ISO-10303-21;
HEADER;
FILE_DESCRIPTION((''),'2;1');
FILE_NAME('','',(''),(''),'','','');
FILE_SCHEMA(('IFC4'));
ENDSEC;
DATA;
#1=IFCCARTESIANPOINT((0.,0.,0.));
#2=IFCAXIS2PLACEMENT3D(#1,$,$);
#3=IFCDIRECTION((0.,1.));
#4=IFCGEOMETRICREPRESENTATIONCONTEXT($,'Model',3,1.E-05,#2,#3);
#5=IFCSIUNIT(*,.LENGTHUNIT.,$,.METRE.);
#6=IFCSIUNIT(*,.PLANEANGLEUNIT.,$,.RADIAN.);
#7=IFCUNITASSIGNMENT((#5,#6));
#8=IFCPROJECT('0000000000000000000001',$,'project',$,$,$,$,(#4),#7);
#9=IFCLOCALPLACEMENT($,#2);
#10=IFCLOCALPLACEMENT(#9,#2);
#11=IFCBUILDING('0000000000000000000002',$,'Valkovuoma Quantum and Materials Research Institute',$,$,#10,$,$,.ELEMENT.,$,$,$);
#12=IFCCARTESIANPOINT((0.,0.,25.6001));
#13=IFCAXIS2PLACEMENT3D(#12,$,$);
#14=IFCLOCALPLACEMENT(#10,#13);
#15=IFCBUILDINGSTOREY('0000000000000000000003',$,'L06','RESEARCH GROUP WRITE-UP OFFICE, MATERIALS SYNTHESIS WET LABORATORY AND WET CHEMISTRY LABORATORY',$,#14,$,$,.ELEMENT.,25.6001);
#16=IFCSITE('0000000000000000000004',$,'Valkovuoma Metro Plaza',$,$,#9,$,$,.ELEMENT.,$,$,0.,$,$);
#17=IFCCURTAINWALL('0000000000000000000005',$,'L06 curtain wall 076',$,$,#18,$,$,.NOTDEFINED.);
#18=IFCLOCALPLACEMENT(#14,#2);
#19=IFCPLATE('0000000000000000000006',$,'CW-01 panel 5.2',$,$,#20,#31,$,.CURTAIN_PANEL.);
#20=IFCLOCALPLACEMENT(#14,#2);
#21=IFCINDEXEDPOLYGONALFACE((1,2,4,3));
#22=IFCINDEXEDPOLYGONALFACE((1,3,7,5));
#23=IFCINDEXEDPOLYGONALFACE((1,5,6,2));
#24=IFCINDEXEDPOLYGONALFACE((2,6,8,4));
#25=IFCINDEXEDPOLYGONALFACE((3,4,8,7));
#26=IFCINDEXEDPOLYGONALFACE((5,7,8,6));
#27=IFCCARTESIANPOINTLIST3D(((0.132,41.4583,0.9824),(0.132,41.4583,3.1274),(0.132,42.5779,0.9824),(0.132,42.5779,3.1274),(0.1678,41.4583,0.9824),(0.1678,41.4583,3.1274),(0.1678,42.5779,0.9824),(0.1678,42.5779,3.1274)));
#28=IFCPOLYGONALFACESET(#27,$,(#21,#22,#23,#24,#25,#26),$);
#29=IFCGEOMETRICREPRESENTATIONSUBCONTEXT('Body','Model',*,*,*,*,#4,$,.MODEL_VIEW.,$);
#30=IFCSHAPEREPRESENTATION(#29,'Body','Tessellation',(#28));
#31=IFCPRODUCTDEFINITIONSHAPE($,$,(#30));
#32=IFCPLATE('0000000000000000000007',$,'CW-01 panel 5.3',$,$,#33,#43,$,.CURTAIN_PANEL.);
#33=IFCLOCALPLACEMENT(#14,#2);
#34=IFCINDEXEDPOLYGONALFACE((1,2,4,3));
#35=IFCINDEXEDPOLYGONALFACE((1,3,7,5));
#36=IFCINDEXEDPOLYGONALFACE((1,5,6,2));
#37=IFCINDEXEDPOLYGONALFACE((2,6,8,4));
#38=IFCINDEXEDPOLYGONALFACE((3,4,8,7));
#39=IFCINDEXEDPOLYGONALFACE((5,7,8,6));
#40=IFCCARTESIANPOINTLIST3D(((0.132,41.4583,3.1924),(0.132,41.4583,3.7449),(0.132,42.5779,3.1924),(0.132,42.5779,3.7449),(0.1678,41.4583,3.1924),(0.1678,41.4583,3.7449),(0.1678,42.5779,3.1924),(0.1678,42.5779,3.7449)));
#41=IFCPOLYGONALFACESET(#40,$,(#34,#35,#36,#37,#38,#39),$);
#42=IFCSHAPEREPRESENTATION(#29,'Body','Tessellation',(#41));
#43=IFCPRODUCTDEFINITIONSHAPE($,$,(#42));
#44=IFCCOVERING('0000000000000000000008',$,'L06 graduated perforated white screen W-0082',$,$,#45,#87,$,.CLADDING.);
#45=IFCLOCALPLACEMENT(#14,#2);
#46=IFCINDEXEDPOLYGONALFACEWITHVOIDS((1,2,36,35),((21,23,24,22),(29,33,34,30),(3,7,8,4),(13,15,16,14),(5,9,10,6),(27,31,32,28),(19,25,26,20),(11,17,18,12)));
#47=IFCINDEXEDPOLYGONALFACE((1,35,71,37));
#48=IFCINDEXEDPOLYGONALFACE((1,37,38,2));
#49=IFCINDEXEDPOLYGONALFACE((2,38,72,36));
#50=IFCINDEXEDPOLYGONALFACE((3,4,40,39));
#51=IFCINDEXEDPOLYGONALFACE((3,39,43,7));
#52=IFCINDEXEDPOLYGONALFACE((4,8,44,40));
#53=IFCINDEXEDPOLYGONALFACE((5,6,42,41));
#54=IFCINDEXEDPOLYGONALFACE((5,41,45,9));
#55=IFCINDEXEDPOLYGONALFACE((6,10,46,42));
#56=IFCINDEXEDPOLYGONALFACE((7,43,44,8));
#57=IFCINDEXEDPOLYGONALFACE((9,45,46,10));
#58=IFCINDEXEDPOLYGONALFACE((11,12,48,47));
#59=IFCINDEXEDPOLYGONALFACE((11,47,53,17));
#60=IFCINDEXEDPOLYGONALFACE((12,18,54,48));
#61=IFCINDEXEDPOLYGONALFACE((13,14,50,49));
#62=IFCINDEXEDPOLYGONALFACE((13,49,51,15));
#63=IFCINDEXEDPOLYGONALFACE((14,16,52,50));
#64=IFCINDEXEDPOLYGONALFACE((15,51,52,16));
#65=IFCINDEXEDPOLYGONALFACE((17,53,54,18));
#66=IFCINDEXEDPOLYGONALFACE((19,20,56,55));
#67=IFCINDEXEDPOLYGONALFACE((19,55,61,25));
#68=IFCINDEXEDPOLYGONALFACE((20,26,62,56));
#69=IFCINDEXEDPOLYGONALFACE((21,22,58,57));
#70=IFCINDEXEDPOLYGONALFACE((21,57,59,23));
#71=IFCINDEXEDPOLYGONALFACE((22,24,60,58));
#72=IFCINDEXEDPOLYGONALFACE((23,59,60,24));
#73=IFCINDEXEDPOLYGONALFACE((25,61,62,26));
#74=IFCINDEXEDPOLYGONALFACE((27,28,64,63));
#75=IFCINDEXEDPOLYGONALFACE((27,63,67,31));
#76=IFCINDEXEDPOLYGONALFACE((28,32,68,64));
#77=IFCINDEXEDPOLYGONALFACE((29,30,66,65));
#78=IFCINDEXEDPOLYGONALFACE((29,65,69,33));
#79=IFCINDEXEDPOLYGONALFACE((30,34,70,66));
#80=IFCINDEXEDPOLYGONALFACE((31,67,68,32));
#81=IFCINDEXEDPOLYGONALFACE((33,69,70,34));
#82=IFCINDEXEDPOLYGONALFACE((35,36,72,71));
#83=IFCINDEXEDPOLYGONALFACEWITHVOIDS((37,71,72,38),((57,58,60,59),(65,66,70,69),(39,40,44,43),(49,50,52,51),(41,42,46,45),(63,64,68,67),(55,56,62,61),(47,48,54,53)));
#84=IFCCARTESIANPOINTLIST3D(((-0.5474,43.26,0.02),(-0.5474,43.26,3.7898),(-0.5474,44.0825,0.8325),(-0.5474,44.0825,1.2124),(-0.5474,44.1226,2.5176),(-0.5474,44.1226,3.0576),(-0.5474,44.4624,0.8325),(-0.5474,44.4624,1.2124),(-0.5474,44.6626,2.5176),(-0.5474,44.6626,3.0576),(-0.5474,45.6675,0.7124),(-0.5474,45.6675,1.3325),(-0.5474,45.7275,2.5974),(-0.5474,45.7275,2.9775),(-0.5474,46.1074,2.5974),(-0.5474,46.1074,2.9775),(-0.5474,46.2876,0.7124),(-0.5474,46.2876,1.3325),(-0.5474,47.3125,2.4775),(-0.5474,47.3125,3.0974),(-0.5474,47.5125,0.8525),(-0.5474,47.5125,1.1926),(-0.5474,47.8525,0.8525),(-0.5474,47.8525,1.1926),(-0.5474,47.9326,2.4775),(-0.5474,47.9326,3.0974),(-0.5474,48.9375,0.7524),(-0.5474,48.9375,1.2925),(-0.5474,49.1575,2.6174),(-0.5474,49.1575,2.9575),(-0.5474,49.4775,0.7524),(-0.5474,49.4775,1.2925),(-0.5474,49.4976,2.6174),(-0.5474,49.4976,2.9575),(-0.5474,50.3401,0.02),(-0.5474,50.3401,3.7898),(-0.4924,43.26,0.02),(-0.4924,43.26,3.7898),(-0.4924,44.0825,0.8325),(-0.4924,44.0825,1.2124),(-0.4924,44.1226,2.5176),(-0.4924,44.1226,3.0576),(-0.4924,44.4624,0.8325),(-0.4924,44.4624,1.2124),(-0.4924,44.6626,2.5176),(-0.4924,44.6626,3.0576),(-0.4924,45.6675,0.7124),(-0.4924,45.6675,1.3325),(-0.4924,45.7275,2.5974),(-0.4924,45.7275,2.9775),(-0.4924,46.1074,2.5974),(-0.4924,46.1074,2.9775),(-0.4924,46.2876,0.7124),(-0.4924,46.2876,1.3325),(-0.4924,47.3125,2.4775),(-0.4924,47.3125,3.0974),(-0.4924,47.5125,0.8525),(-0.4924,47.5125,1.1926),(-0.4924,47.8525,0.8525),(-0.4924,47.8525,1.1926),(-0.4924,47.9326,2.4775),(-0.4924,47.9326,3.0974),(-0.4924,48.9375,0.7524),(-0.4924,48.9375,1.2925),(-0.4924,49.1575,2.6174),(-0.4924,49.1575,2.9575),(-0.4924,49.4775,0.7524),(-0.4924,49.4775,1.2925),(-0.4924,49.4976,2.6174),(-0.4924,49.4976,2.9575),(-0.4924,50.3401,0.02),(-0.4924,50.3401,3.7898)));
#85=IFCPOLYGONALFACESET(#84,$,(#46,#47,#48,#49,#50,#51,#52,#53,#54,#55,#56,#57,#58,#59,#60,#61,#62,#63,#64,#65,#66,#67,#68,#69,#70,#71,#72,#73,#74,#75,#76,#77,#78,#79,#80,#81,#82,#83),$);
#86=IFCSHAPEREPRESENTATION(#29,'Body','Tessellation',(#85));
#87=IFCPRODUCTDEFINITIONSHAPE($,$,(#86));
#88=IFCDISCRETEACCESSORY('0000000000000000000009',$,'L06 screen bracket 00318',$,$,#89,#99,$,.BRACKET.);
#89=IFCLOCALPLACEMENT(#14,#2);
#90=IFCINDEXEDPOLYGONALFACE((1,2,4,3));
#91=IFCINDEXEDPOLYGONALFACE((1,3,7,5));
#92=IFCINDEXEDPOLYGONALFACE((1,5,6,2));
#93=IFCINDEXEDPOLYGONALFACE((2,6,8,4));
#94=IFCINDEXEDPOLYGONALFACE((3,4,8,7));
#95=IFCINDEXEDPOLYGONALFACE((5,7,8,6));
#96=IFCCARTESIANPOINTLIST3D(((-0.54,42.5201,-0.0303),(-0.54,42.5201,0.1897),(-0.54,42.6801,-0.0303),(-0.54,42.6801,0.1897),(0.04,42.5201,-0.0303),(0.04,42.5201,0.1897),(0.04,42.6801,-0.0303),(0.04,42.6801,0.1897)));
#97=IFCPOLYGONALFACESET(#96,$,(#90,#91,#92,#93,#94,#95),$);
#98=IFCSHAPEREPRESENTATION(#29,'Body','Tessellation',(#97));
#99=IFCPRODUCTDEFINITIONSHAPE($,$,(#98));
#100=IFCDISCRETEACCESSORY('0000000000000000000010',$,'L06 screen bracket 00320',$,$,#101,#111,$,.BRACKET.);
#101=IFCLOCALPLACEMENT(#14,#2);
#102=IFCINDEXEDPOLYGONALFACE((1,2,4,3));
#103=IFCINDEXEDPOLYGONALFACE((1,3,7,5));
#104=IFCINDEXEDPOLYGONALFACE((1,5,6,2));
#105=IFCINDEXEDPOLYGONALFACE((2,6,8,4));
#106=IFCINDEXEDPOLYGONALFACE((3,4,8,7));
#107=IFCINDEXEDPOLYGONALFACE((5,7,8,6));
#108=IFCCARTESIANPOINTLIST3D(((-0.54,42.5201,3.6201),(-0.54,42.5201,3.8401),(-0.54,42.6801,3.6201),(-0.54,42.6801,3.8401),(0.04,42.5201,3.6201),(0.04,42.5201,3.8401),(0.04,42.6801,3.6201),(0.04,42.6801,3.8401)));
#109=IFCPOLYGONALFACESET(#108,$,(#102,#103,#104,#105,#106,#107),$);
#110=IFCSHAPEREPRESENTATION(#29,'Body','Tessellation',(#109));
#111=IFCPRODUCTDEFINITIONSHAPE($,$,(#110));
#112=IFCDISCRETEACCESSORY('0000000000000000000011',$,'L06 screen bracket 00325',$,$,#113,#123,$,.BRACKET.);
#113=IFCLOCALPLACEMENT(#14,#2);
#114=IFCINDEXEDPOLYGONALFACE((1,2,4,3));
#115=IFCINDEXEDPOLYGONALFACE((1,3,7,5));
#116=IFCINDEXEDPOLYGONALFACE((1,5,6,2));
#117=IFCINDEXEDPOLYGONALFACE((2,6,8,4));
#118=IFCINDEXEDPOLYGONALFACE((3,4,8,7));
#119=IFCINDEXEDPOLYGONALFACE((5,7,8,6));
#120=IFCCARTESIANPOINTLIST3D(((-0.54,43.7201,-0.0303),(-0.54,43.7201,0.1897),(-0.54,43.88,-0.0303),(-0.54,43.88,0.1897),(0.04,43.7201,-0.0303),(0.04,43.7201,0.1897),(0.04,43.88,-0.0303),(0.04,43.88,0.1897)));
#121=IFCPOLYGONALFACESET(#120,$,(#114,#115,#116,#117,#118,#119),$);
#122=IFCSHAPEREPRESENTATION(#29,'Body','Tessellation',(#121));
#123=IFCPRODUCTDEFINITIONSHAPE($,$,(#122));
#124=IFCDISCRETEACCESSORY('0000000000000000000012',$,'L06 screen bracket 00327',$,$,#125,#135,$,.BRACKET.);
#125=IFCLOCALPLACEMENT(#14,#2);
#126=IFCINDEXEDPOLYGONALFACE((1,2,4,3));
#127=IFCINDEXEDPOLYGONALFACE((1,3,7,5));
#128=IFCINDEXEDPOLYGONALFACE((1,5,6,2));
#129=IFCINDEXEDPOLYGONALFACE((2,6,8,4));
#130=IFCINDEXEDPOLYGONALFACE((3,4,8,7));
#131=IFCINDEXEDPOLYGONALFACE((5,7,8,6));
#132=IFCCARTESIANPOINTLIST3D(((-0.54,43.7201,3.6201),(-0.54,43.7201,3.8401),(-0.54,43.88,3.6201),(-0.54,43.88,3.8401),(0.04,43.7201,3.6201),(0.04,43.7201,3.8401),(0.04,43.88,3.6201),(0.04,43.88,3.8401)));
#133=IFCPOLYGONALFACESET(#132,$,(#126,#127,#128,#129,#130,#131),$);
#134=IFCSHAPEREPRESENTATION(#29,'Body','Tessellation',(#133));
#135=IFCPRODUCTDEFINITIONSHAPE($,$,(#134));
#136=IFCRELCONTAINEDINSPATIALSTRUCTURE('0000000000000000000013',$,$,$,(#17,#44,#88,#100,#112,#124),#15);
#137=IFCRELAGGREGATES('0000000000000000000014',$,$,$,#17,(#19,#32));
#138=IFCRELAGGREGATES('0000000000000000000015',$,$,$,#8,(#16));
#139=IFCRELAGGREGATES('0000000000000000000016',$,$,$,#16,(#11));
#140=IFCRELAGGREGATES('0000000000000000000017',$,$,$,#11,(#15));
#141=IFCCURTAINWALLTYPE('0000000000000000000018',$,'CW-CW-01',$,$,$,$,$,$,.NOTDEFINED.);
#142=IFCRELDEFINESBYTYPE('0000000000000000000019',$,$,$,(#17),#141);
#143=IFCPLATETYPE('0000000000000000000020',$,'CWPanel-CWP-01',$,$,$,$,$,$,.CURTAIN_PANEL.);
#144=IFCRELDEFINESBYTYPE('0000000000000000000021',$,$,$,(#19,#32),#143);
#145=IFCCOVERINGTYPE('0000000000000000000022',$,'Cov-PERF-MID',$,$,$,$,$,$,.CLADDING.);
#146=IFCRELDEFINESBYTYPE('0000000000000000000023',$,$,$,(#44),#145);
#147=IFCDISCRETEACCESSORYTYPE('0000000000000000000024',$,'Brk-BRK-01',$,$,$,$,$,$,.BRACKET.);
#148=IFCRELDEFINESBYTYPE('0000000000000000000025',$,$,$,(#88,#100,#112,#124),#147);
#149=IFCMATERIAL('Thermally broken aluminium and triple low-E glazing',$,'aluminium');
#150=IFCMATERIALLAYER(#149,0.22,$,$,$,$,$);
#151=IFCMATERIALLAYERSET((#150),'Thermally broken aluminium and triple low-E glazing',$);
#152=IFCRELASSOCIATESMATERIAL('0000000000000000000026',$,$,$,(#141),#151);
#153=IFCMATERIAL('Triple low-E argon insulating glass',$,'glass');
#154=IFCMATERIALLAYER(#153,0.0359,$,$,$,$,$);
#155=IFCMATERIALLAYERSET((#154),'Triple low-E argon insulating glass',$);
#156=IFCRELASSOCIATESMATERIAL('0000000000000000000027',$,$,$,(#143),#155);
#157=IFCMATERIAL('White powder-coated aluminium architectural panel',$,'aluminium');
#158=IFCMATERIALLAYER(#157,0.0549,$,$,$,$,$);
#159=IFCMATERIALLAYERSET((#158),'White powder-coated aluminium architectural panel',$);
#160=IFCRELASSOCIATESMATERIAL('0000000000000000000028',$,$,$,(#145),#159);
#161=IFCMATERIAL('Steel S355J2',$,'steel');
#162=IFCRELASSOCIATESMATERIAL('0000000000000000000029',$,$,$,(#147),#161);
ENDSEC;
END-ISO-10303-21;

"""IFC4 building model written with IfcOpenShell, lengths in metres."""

from ifc_helpers import new_model, si_unit, direction, frame, origin, origin_2d, place, context, subcontext, project, spatial, polyline, rectangle, outline, extrude, material, layer, layer_set, type_object, element, aggregate, save


model = new_model("IFC4")

# Units and contexts
model_context = context("Model", 3, precision=1e-05, world=origin(), true_north=direction((0.0, 1.0)))
body_context = subcontext(model_context, "Body", "Model", "MODEL_VIEW")
ifc_project = project(units=[si_unit("LENGTHUNIT", "METRE"), si_unit("PLANEANGLEUNIT", "RADIAN")], contexts=[model_context])

# Site, building, storey
site_placement = place(None, origin())
site = spatial("IfcSite", under=ifc_project, at=site_placement, Name="Valkovuoma Metro Plaza", CompositionType="ELEMENT", RefElevation=0.0)
building_placement = place(site_placement, origin())
building = spatial("IfcBuilding", under=site, at=building_placement, Name="Valkovuoma Quantum and Materials Research Institute", CompositionType="ELEMENT")
storey_placement = place(building_placement, frame((0.0, 0.0, 25.6001)))
storey = spatial("IfcBuildingStorey", under=building, at=storey_placement, Name="L06", Description="RESEARCH GROUP WRITE-UP OFFICE, MATERIALS SYNTHESIS WET LABORATORY AND WET CHEMISTRY LABORATORY", CompositionType="ELEMENT", Elevation=25.6001)

# Curtain wall, plates
ifc_material_1 = material(Name="Thermally broken aluminium and triple low-E glazing", Category="aluminium")
ifc_layer_1 = layer(ifc_material_1, 0.22)
ifc_layer_set_1 = layer_set([ifc_layer_1], Name="Thermally broken aluminium and triple low-E glazing")
curtain_wall_type = type_object("IfcCurtainWallType", Name="CW-CW-01", PredefinedType="NOTDEFINED", material=ifc_layer_set_1)
curtain_wall_placement = place(storey_placement, origin())
curtain_wall = element("IfcCurtainWall", 1, at=curtain_wall_placement, inside=storey, type_object=curtain_wall_type, Name="L06 curtain wall 076", PredefinedType="NOTDEFINED")
ifc_material_2 = material(Name="Triple low-E argon insulating glass", Category="glass")
ifc_layer_2 = layer(ifc_material_2, 0.0359)
ifc_layer_set_2 = layer_set([ifc_layer_2], Name="Triple low-E argon insulating glass")
plate_type = type_object("IfcPlateType", Name="CWPanel-CWP-01", PredefinedType="CURTAIN_PANEL", material=ifc_layer_set_2)
plate_1_placement = place(storey_placement, frame((0.1499, 42.0181, 0.9824), z_axis=(0.0, 0.0, 1.0), x_axis=(0.0, 1.0, 0.0)))
plate_1 = element("IfcPlate", 2, at=plate_1_placement, type_object=plate_type, Name="CW-01 panel 5.2", PredefinedType="CURTAIN_PANEL", context=body_context, shape_type="SweptSolid", body=[
    extrude(rectangle(XDim=1.1196, YDim=0.0359, at=origin_2d()), origin(), (0.0, 0.0, 1.0), 2.145),
])
plate_2_placement = place(storey_placement, frame((0.1499, 42.0181, 3.1924), z_axis=(0.0, 0.0, 1.0), x_axis=(0.0, 1.0, 0.0)))
plate_2 = element("IfcPlate", 3, at=plate_2_placement, type_object=plate_type, Name="CW-01 panel 5.3", PredefinedType="CURTAIN_PANEL", context=body_context, shape_type="SweptSolid", body=[
    extrude(rectangle(XDim=1.1196, YDim=0.0359, at=origin_2d()), origin(), (0.0, 0.0, 1.0), 0.5525),
])
aggregate(curtain_wall, [plate_1, plate_2])

# Covering
ifc_material_3 = material(Name="White powder-coated aluminium architectural panel", Category="aluminium")
ifc_layer_3 = layer(ifc_material_3, 0.0549)
ifc_layer_set_3 = layer_set([ifc_layer_3], Name="White powder-coated aluminium architectural panel")
covering_type = type_object("IfcCoveringType", Name="Cov-PERF-MID", PredefinedType="CLADDING", material=ifc_layer_set_3)
covering_placement = place(storey_placement, frame((-0.52, 43.26, 0.02), z_axis=(0.0, 0.0, 1.0), x_axis=(0.0, 1.0, 0.0)))
element("IfcCovering", 4, at=covering_placement, inside=storey, type_object=covering_type, Name="L06 graduated perforated white screen W-0082", PredefinedType="CLADDING", context=body_context, shape_type="SweptSolid", body=[
    extrude(outline(polyline([(0.0, 0.0), (7.0801, 0.0), (7.0801, 3.7698), (0.0, 3.7698), (0.0, 0.0)]), holes=[polyline([(0.8225, 0.8125), (0.8225, 1.1924), (1.2024, 1.1924), (1.2024, 0.8125), (0.8225, 0.8125)]), polyline([(0.8625, 2.4976), (0.8625, 3.0376), (1.4026, 3.0376), (1.4026, 2.4976), (0.8625, 2.4976)]), polyline([(2.4075, 0.6924), (2.4075, 1.3125), (3.0276, 1.3125), (3.0276, 0.6924), (2.4075, 0.6924)]), polyline([(2.4675, 2.5774), (2.4675, 2.9575), (2.8474, 2.9575), (2.8474, 2.5774), (2.4675, 2.5774)]), polyline([(4.2524, 0.8325), (4.2524, 1.1726), (4.5925, 1.1726), (4.5925, 0.8325), (4.2524, 0.8325)]), polyline([(4.0525, 2.4575), (4.0525, 3.0774), (4.6726, 3.0774), (4.6726, 2.4575), (4.0525, 2.4575)]), polyline([(5.6775, 0.7324), (5.6775, 1.2725), (6.2175, 1.2725), (6.2175, 0.7324), (5.6775, 0.7324)]), polyline([(5.8975, 2.5974), (5.8975, 2.9375), (6.2375, 2.9375), (6.2375, 2.5974), (5.8975, 2.5974)])]), frame((0.0, 0.0273, 0.0), z_axis=(0.0, -1.0, 0.0), x_axis=(1.0, 0.0, 0.0)), (0.0, 0.0, 1.0), 0.0549),
])

# Discrete accessories
ifc_material_4 = material(Name="Steel S355J2", Category="steel")
discrete_accessory_type = type_object("IfcDiscreteAccessoryType", Name="Brk-BRK-01", PredefinedType="BRACKET", material=ifc_material_4)
for number, where, z_axis, x_axis, name in (
    (5, (-0.25, 42.6001, -0.0303), (0.0, 0.0, 1.0), (1.0, 0.0, 0.0), "L06 screen bracket 00318"),
    (6, (-0.25, 42.6001, 3.6201), (0.0, 0.0, 1.0), (1.0, 0.0, 0.0), "L06 screen bracket 00320"),
    (7, (-0.25, 43.8, -0.0303), (0.0, 0.0, 1.0), (1.0, 0.0, 0.0), "L06 screen bracket 00325"),
    (8, (-0.25, 43.8, 3.6201), (0.0, 0.0, 1.0), (1.0, 0.0, 0.0), "L06 screen bracket 00327"),
):
    element("IfcDiscreteAccessory", number, at=place(storey_placement, frame(where, z_axis=z_axis, x_axis=x_axis)), inside=storey, type_object=discrete_accessory_type, Name=name, PredefinedType="BRACKET", context=body_context, shape_type="SweptSolid", body=[
        extrude(rectangle(XDim=0.5801, YDim=0.1599, at=origin_2d()), origin(), (0.0, 0.0, 1.0), 0.22),
    ])

save(model, "model.ifc")
